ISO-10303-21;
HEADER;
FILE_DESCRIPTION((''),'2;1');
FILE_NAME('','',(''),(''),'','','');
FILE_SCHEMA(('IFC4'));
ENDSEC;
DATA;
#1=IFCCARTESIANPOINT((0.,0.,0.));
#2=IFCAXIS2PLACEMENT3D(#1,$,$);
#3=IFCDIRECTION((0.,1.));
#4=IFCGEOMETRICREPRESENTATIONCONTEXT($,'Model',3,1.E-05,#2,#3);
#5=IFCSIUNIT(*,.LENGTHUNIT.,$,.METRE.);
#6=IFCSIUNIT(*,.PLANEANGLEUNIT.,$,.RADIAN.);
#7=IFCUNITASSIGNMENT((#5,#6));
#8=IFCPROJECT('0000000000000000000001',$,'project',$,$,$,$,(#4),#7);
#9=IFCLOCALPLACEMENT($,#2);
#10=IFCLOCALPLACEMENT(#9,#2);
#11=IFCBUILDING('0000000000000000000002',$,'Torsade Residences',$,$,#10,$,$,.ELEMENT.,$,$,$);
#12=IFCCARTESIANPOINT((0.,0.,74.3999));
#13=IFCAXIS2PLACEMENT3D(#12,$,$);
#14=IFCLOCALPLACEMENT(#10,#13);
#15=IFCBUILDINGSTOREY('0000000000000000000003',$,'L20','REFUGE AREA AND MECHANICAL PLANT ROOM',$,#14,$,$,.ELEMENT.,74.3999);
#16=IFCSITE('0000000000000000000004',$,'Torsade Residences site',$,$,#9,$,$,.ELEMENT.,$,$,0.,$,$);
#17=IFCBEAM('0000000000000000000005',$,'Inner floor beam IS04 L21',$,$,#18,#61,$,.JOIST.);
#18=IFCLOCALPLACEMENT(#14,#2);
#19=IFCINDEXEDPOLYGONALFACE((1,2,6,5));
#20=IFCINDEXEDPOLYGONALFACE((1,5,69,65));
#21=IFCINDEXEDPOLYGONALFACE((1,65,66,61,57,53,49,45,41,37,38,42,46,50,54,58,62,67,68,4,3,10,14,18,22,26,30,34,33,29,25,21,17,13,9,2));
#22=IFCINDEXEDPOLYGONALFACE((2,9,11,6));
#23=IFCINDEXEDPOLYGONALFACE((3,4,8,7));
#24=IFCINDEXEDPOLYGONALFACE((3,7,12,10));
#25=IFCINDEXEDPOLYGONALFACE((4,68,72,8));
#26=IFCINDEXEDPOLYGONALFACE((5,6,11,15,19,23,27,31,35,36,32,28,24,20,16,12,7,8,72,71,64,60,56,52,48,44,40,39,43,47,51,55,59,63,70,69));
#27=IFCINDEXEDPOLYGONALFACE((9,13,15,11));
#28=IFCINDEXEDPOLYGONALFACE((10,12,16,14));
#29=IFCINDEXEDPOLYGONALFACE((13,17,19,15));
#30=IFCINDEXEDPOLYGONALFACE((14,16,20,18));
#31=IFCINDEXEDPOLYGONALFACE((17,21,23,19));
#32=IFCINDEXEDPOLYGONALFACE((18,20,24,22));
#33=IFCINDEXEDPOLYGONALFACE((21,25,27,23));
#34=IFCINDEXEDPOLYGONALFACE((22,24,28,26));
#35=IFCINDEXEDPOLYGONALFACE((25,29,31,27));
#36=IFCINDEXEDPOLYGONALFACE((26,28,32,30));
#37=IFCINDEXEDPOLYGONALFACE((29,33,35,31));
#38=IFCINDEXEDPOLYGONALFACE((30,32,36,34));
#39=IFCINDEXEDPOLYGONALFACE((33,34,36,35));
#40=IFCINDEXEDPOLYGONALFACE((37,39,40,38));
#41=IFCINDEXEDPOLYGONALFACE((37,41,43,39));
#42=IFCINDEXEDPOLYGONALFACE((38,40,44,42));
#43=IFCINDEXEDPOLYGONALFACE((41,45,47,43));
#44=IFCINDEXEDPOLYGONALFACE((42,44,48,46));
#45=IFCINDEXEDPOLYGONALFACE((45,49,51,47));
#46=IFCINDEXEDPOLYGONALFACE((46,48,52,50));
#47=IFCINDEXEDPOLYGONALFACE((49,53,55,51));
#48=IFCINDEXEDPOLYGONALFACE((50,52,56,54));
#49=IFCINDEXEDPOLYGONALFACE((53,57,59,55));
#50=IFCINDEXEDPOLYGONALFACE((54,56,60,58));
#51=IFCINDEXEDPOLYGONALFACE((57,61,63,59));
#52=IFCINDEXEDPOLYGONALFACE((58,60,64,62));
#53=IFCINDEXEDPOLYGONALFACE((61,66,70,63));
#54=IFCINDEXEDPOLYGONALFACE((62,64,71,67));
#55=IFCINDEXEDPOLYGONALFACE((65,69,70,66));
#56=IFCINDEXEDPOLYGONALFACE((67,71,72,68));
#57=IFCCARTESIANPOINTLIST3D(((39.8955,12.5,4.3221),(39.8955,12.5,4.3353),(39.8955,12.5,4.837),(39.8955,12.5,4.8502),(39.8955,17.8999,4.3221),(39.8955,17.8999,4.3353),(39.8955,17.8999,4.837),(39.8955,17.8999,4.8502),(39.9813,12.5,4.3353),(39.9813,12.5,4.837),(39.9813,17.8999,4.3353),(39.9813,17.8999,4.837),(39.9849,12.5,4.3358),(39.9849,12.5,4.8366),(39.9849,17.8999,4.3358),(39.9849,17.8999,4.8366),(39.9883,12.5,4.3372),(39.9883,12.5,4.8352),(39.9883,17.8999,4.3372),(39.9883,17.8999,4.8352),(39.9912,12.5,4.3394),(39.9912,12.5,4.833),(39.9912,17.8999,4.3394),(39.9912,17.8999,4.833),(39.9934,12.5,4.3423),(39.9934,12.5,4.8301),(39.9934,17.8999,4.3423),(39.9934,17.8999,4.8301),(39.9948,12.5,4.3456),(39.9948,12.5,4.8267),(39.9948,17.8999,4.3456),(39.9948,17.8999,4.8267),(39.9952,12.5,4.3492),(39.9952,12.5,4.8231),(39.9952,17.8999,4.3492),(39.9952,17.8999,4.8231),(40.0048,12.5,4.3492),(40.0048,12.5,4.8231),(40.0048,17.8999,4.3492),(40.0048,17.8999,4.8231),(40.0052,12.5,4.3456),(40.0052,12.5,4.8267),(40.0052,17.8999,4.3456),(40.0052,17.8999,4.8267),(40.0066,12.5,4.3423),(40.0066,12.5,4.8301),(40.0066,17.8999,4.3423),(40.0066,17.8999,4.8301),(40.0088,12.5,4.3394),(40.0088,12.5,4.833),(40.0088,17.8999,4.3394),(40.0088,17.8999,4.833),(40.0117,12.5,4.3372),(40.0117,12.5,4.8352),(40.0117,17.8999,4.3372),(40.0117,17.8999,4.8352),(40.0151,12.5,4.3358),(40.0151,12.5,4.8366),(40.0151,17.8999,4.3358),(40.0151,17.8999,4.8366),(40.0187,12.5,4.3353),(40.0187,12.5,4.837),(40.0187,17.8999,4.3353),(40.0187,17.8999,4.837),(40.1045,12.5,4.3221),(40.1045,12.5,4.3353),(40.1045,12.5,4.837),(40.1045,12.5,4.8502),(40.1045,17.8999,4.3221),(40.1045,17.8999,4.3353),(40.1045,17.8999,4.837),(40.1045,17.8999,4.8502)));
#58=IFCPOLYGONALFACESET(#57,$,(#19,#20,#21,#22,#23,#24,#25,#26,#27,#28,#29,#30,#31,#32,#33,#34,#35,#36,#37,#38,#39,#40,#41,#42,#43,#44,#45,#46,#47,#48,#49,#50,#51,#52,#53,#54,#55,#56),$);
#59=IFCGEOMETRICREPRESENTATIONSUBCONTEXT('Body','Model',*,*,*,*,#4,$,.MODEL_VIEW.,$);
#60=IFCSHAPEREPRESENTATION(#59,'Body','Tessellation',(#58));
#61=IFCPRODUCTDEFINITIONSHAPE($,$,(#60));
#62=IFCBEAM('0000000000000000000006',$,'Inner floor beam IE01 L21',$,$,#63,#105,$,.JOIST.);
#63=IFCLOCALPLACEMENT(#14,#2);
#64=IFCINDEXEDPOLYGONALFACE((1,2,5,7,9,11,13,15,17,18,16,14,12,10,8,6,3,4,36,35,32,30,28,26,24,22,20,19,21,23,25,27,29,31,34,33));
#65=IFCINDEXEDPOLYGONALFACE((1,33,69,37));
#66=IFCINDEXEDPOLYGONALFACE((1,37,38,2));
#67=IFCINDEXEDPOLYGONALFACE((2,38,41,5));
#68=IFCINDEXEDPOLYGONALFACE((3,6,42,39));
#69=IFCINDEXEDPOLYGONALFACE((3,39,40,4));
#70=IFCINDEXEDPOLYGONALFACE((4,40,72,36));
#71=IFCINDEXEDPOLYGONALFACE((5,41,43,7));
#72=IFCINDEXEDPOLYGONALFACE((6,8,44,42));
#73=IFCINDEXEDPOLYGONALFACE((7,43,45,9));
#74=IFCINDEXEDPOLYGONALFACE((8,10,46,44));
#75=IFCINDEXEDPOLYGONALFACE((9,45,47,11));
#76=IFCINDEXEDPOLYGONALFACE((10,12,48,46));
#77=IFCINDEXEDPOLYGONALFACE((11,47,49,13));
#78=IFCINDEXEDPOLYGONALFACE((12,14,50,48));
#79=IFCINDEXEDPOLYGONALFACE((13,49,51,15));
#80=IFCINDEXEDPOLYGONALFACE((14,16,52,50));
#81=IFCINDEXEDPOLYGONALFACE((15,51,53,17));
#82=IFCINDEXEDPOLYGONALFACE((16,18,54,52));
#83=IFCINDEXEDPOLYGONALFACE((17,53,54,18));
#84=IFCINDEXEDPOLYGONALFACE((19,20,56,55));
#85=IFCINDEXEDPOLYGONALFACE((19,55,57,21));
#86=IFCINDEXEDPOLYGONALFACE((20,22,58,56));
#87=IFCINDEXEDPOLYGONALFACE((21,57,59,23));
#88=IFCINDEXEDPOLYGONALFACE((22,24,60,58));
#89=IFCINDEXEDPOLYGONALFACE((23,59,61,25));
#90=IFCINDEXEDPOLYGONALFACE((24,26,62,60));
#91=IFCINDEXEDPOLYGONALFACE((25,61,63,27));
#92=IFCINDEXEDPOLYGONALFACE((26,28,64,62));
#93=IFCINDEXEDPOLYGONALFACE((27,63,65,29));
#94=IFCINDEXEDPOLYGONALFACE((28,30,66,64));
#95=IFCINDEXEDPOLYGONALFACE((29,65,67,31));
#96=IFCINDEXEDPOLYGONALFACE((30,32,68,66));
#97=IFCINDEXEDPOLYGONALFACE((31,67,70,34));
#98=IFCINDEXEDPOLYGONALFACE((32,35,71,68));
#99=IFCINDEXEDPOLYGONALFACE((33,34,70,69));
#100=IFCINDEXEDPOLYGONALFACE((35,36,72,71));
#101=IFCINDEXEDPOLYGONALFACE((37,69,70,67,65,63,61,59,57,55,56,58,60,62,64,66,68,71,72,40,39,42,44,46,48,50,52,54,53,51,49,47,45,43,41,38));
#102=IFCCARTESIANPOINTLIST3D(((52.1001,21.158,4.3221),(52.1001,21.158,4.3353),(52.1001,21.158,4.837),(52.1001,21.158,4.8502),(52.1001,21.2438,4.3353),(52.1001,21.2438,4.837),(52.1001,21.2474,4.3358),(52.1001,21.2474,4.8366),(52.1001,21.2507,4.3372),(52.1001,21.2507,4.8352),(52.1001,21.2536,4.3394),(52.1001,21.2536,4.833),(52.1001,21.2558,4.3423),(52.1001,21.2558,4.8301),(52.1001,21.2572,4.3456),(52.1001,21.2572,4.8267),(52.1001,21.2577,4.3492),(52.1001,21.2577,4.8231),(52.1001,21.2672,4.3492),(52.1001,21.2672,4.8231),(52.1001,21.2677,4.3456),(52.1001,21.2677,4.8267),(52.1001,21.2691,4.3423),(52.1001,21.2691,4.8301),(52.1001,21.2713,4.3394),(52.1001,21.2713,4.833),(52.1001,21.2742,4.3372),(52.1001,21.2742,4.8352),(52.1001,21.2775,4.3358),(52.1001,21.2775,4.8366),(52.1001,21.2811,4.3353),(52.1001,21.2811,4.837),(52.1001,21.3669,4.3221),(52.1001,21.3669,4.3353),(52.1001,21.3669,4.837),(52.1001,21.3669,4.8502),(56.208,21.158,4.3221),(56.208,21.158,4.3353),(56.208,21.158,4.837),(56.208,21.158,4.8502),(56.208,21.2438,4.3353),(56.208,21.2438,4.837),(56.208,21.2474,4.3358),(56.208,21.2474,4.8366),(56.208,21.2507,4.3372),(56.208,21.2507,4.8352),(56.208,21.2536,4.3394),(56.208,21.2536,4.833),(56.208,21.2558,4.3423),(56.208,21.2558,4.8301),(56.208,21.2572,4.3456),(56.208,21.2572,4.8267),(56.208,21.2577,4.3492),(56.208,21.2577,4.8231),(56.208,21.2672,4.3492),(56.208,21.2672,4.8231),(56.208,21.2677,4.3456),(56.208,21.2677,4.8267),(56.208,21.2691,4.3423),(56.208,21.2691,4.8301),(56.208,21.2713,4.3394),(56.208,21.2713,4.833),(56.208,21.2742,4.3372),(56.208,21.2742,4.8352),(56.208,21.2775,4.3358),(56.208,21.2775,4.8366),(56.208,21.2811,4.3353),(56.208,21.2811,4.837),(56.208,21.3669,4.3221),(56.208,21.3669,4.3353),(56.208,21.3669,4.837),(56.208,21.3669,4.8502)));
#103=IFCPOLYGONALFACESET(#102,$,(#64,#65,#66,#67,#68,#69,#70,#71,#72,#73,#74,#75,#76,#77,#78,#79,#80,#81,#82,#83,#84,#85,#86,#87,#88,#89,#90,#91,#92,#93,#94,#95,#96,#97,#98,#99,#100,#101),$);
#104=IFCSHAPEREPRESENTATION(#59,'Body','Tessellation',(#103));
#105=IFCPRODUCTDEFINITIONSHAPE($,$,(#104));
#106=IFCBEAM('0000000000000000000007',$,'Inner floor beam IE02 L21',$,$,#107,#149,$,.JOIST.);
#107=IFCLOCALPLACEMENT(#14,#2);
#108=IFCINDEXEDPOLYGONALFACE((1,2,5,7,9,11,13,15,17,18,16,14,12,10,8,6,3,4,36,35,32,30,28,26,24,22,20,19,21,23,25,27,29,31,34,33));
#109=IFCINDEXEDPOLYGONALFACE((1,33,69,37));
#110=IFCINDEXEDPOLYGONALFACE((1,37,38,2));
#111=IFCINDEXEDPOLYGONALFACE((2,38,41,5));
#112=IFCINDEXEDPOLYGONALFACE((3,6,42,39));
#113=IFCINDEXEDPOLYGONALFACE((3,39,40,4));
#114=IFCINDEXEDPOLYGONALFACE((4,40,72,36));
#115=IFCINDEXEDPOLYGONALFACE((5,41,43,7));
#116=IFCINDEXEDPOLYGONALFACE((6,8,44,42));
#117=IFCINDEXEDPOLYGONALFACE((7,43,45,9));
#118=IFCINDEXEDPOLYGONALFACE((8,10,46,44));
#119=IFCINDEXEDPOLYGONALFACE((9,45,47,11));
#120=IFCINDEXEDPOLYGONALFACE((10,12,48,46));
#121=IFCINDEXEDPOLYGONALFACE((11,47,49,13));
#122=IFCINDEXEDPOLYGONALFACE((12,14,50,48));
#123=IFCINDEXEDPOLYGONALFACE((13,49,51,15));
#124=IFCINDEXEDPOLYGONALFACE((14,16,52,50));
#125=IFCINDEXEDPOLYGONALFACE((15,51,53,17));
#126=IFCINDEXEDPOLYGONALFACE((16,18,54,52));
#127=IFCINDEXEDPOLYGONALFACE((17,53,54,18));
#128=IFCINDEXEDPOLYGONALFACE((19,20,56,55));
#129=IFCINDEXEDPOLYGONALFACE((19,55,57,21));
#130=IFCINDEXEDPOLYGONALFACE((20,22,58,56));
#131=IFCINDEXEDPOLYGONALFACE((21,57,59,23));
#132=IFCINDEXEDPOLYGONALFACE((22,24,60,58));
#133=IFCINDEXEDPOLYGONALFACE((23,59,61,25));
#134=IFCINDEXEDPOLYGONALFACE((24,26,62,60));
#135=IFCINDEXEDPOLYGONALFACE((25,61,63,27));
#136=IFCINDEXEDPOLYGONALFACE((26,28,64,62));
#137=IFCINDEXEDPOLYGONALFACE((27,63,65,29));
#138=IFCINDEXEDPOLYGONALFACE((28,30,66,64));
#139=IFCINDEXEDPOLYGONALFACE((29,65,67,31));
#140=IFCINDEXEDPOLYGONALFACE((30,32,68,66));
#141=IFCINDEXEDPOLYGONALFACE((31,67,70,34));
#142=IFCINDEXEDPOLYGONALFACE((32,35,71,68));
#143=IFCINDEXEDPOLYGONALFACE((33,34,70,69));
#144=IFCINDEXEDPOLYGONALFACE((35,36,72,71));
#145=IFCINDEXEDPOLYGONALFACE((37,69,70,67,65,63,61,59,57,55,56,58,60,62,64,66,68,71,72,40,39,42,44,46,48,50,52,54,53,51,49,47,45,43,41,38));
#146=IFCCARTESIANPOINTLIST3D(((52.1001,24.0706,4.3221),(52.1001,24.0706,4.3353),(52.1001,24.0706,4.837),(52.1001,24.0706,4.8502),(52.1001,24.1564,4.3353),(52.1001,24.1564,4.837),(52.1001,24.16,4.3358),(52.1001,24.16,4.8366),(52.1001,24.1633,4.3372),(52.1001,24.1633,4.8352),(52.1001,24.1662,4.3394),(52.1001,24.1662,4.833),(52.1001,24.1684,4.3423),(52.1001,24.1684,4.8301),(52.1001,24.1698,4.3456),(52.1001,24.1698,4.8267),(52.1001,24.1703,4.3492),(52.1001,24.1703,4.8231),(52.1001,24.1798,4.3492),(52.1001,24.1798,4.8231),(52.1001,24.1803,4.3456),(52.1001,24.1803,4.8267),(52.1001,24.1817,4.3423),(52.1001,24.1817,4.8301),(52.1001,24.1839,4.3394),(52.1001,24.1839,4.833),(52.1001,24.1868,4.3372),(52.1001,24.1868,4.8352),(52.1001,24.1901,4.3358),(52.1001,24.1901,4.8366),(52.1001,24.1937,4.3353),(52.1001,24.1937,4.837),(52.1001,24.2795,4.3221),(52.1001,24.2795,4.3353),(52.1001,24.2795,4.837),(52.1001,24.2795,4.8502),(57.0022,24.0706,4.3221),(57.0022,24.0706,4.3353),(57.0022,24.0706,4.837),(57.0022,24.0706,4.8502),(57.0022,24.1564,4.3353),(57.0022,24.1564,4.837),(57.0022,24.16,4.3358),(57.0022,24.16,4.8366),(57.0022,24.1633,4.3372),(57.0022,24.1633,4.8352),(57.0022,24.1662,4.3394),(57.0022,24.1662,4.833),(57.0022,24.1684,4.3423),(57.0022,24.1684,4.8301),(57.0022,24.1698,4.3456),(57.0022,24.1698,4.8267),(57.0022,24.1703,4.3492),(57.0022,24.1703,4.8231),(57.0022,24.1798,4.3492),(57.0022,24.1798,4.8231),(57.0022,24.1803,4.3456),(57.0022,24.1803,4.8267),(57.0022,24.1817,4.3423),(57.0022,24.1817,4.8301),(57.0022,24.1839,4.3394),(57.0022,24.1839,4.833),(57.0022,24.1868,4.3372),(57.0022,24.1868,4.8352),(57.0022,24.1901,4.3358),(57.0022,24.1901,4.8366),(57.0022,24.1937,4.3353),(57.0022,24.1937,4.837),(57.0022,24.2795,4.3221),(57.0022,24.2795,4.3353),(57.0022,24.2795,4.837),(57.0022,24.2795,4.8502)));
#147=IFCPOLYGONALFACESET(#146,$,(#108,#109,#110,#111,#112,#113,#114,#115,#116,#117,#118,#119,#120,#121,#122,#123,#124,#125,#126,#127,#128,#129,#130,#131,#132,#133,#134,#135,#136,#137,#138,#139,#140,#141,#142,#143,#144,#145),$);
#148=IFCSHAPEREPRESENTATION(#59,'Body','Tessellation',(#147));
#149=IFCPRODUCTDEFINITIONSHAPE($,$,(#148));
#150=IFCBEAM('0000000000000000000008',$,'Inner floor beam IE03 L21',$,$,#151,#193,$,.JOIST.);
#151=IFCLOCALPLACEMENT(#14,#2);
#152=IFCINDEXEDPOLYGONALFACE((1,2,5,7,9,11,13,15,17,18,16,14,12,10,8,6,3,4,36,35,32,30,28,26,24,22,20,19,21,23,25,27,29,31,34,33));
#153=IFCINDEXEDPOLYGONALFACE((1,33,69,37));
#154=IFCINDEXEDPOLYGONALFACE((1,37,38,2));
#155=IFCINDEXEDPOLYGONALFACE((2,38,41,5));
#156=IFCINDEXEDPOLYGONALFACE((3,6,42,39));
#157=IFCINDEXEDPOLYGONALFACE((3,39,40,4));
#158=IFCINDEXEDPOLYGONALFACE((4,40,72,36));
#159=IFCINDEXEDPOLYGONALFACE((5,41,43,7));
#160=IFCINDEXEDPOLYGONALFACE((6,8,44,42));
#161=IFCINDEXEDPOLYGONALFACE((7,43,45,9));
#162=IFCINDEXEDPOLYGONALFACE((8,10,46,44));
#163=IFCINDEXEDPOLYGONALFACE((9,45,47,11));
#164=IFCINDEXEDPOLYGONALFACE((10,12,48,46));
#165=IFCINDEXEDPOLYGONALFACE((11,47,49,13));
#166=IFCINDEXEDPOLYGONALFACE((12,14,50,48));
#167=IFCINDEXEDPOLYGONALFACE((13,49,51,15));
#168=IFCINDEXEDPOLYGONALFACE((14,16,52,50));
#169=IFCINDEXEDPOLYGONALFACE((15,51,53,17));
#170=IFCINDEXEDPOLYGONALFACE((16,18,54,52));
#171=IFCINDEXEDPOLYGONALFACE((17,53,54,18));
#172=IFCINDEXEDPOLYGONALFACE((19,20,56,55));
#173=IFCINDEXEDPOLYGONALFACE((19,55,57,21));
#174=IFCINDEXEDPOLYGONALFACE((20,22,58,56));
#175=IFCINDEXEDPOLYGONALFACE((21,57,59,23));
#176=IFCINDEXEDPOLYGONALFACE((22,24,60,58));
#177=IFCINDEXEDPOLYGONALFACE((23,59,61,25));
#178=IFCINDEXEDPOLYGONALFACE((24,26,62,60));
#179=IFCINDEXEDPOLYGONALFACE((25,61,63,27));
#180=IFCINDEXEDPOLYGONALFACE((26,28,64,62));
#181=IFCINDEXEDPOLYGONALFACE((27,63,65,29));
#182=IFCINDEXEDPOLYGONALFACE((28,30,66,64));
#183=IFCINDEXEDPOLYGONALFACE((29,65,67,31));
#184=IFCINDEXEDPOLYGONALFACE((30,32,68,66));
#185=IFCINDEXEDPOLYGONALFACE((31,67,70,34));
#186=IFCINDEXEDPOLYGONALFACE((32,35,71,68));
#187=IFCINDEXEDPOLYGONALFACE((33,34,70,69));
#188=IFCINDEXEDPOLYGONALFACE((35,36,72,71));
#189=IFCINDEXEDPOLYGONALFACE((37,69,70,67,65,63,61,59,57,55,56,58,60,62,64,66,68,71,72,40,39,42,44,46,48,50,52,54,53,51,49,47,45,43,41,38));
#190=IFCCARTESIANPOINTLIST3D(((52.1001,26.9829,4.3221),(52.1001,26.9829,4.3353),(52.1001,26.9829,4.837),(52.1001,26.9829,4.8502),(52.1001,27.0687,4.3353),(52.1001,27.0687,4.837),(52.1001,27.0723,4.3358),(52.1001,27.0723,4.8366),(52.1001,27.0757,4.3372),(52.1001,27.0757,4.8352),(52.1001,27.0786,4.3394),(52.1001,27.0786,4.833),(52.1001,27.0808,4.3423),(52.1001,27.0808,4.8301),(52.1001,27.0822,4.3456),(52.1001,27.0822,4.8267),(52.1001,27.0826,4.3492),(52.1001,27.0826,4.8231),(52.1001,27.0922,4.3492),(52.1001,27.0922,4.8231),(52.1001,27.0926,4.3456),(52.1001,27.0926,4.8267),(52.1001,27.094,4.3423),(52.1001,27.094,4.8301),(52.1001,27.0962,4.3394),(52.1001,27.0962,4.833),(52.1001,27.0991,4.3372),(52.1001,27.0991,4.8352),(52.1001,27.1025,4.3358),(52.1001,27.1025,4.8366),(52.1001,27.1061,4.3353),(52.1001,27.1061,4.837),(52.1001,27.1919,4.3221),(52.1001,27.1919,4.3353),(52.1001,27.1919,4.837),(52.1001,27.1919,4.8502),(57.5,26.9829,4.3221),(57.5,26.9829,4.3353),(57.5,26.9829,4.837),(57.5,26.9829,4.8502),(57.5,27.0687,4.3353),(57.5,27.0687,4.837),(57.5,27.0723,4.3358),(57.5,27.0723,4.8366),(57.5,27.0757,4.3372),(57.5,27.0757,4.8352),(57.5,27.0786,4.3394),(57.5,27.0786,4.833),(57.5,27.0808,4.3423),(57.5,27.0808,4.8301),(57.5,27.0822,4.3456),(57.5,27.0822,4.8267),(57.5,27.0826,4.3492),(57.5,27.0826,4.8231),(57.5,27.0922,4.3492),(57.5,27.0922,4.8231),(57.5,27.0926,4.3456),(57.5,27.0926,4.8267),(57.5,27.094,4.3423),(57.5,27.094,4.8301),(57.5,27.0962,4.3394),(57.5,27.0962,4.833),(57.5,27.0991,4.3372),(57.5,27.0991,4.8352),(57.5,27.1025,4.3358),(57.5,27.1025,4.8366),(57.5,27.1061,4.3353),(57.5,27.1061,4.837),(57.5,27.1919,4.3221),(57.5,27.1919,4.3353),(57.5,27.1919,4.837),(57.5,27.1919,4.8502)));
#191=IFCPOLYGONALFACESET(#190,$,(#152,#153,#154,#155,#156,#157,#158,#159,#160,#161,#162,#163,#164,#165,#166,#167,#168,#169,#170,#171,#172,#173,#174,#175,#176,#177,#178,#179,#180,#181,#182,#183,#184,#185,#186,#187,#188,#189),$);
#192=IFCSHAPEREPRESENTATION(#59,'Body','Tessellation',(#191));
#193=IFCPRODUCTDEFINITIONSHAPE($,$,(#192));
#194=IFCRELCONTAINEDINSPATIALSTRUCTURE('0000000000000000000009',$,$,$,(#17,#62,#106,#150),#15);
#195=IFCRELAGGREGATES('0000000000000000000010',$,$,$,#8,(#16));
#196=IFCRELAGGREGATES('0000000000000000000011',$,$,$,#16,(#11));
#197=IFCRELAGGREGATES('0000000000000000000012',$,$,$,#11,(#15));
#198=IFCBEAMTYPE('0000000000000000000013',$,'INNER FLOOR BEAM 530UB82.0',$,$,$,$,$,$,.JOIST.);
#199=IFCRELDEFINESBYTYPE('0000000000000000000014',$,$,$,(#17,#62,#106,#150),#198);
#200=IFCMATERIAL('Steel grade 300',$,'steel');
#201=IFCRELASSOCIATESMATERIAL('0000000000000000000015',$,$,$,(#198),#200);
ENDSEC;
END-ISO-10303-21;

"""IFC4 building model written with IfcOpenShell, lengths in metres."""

from ifc_helpers import new_model, si_unit, direction, frame, origin, origin_2d, place, context, subcontext, project, spatial, i_section, extrude, material, material_profile, profile_set, type_object, element, save


model = new_model("IFC4")

# Units and contexts
model_context = context("Model", 3, precision=1e-05, world=origin(), true_north=direction((0.0, 1.0)))
body_context = subcontext(model_context, "Body", "Model", "MODEL_VIEW")
ifc_project = project(units=[si_unit("LENGTHUNIT", "METRE"), si_unit("PLANEANGLEUNIT", "RADIAN")], contexts=[model_context])

# Site, building, storey
site_placement = place(None, origin())
site = spatial("IfcSite", under=ifc_project, at=site_placement, Name="Torsade Residences site", CompositionType="ELEMENT", RefElevation=0.0)
building_placement = place(site_placement, origin())
building = spatial("IfcBuilding", under=site, at=building_placement, Name="Torsade Residences", CompositionType="ELEMENT")
storey_placement = place(building_placement, frame((0.0, 0.0, 74.3999)))
storey = spatial("IfcBuildingStorey", under=building, at=storey_placement, Name="L20", Description="REFUGE AREA AND MECHANICAL PLANT ROOM", CompositionType="ELEMENT", Elevation=74.3999)

# Beams
ifc_material_1 = material(Name="Steel grade 300", Category="steel")
ifc_material_profile_1 = material_profile(ifc_material_1, i_section(OverallWidth=0.209, OverallDepth=0.5281, WebThickness=0.0095, FlangeThickness=0.0132, FilletRadius=0.0139, at=origin_2d()), Name="530UB82.0")
ifc_profile_set_1 = profile_set([ifc_material_profile_1], Name="Steel grade 300")
beam_type = type_object("IfcBeamType", Name="INNER FLOOR BEAM 530UB82.0", PredefinedType="JOIST", material=ifc_profile_set_1)
for number, where, z_axis, x_axis, name in (
    (1, (40.0, 17.8999, 4.5862), (0.0, -1.0, 0.0), (1.0, 0.0, 0.0), "Inner floor beam IS04 L21"),
):
    element("IfcBeam", number, at=place(storey_placement, frame(where, z_axis=z_axis, x_axis=x_axis)), inside=storey, type_object=beam_type, Name=name, PredefinedType="JOIST", context=body_context, shape_type="SweptSolid", body=[
        extrude(i_section(OverallWidth=0.209, OverallDepth=0.5281, WebThickness=0.0095, FlangeThickness=0.0132, FilletRadius=0.0139, at=origin_2d()), origin(), (0.0, 0.0, 1.0), 5.3999),
    ])
beam_1_placement = place(storey_placement, frame((52.1001, 21.2625, 4.5862), z_axis=(1.0, 0.0, 0.0), x_axis=(0.0, 1.0, 0.0)))
element("IfcBeam", 2, at=beam_1_placement, inside=storey, type_object=beam_type, Name="Inner floor beam IE01 L21", PredefinedType="JOIST", context=body_context, shape_type="SweptSolid", body=[
    extrude(i_section(OverallWidth=0.209, OverallDepth=0.5281, WebThickness=0.0095, FlangeThickness=0.0132, FilletRadius=0.0139, at=origin_2d()), origin(), (0.0, 0.0, 1.0), 4.1079),
])
beam_2_placement = place(storey_placement, frame((52.1001, 24.175, 4.5862), z_axis=(1.0, 0.0, 0.0), x_axis=(0.0, 1.0, 0.0)))
element("IfcBeam", 3, at=beam_2_placement, inside=storey, type_object=beam_type, Name="Inner floor beam IE02 L21", PredefinedType="JOIST", context=body_context, shape_type="SweptSolid", body=[
    extrude(i_section(OverallWidth=0.209, OverallDepth=0.5281, WebThickness=0.0095, FlangeThickness=0.0132, FilletRadius=0.0139, at=origin_2d()), origin(), (0.0, 0.0, 1.0), 4.9021),
])
beam_3_placement = place(storey_placement, frame((52.1001, 27.0874, 4.5862), z_axis=(1.0, 0.0, 0.0), x_axis=(0.0, 1.0, 0.0)))
element("IfcBeam", 4, at=beam_3_placement, inside=storey, type_object=beam_type, Name="Inner floor beam IE03 L21", PredefinedType="JOIST", context=body_context, shape_type="SweptSolid", body=[
    extrude(i_section(OverallWidth=0.209, OverallDepth=0.5281, WebThickness=0.0095, FlangeThickness=0.0132, FilletRadius=0.0139, at=origin_2d()), origin(), (0.0, 0.0, 1.0), 5.3999),
])

save(model, "model.ifc")
